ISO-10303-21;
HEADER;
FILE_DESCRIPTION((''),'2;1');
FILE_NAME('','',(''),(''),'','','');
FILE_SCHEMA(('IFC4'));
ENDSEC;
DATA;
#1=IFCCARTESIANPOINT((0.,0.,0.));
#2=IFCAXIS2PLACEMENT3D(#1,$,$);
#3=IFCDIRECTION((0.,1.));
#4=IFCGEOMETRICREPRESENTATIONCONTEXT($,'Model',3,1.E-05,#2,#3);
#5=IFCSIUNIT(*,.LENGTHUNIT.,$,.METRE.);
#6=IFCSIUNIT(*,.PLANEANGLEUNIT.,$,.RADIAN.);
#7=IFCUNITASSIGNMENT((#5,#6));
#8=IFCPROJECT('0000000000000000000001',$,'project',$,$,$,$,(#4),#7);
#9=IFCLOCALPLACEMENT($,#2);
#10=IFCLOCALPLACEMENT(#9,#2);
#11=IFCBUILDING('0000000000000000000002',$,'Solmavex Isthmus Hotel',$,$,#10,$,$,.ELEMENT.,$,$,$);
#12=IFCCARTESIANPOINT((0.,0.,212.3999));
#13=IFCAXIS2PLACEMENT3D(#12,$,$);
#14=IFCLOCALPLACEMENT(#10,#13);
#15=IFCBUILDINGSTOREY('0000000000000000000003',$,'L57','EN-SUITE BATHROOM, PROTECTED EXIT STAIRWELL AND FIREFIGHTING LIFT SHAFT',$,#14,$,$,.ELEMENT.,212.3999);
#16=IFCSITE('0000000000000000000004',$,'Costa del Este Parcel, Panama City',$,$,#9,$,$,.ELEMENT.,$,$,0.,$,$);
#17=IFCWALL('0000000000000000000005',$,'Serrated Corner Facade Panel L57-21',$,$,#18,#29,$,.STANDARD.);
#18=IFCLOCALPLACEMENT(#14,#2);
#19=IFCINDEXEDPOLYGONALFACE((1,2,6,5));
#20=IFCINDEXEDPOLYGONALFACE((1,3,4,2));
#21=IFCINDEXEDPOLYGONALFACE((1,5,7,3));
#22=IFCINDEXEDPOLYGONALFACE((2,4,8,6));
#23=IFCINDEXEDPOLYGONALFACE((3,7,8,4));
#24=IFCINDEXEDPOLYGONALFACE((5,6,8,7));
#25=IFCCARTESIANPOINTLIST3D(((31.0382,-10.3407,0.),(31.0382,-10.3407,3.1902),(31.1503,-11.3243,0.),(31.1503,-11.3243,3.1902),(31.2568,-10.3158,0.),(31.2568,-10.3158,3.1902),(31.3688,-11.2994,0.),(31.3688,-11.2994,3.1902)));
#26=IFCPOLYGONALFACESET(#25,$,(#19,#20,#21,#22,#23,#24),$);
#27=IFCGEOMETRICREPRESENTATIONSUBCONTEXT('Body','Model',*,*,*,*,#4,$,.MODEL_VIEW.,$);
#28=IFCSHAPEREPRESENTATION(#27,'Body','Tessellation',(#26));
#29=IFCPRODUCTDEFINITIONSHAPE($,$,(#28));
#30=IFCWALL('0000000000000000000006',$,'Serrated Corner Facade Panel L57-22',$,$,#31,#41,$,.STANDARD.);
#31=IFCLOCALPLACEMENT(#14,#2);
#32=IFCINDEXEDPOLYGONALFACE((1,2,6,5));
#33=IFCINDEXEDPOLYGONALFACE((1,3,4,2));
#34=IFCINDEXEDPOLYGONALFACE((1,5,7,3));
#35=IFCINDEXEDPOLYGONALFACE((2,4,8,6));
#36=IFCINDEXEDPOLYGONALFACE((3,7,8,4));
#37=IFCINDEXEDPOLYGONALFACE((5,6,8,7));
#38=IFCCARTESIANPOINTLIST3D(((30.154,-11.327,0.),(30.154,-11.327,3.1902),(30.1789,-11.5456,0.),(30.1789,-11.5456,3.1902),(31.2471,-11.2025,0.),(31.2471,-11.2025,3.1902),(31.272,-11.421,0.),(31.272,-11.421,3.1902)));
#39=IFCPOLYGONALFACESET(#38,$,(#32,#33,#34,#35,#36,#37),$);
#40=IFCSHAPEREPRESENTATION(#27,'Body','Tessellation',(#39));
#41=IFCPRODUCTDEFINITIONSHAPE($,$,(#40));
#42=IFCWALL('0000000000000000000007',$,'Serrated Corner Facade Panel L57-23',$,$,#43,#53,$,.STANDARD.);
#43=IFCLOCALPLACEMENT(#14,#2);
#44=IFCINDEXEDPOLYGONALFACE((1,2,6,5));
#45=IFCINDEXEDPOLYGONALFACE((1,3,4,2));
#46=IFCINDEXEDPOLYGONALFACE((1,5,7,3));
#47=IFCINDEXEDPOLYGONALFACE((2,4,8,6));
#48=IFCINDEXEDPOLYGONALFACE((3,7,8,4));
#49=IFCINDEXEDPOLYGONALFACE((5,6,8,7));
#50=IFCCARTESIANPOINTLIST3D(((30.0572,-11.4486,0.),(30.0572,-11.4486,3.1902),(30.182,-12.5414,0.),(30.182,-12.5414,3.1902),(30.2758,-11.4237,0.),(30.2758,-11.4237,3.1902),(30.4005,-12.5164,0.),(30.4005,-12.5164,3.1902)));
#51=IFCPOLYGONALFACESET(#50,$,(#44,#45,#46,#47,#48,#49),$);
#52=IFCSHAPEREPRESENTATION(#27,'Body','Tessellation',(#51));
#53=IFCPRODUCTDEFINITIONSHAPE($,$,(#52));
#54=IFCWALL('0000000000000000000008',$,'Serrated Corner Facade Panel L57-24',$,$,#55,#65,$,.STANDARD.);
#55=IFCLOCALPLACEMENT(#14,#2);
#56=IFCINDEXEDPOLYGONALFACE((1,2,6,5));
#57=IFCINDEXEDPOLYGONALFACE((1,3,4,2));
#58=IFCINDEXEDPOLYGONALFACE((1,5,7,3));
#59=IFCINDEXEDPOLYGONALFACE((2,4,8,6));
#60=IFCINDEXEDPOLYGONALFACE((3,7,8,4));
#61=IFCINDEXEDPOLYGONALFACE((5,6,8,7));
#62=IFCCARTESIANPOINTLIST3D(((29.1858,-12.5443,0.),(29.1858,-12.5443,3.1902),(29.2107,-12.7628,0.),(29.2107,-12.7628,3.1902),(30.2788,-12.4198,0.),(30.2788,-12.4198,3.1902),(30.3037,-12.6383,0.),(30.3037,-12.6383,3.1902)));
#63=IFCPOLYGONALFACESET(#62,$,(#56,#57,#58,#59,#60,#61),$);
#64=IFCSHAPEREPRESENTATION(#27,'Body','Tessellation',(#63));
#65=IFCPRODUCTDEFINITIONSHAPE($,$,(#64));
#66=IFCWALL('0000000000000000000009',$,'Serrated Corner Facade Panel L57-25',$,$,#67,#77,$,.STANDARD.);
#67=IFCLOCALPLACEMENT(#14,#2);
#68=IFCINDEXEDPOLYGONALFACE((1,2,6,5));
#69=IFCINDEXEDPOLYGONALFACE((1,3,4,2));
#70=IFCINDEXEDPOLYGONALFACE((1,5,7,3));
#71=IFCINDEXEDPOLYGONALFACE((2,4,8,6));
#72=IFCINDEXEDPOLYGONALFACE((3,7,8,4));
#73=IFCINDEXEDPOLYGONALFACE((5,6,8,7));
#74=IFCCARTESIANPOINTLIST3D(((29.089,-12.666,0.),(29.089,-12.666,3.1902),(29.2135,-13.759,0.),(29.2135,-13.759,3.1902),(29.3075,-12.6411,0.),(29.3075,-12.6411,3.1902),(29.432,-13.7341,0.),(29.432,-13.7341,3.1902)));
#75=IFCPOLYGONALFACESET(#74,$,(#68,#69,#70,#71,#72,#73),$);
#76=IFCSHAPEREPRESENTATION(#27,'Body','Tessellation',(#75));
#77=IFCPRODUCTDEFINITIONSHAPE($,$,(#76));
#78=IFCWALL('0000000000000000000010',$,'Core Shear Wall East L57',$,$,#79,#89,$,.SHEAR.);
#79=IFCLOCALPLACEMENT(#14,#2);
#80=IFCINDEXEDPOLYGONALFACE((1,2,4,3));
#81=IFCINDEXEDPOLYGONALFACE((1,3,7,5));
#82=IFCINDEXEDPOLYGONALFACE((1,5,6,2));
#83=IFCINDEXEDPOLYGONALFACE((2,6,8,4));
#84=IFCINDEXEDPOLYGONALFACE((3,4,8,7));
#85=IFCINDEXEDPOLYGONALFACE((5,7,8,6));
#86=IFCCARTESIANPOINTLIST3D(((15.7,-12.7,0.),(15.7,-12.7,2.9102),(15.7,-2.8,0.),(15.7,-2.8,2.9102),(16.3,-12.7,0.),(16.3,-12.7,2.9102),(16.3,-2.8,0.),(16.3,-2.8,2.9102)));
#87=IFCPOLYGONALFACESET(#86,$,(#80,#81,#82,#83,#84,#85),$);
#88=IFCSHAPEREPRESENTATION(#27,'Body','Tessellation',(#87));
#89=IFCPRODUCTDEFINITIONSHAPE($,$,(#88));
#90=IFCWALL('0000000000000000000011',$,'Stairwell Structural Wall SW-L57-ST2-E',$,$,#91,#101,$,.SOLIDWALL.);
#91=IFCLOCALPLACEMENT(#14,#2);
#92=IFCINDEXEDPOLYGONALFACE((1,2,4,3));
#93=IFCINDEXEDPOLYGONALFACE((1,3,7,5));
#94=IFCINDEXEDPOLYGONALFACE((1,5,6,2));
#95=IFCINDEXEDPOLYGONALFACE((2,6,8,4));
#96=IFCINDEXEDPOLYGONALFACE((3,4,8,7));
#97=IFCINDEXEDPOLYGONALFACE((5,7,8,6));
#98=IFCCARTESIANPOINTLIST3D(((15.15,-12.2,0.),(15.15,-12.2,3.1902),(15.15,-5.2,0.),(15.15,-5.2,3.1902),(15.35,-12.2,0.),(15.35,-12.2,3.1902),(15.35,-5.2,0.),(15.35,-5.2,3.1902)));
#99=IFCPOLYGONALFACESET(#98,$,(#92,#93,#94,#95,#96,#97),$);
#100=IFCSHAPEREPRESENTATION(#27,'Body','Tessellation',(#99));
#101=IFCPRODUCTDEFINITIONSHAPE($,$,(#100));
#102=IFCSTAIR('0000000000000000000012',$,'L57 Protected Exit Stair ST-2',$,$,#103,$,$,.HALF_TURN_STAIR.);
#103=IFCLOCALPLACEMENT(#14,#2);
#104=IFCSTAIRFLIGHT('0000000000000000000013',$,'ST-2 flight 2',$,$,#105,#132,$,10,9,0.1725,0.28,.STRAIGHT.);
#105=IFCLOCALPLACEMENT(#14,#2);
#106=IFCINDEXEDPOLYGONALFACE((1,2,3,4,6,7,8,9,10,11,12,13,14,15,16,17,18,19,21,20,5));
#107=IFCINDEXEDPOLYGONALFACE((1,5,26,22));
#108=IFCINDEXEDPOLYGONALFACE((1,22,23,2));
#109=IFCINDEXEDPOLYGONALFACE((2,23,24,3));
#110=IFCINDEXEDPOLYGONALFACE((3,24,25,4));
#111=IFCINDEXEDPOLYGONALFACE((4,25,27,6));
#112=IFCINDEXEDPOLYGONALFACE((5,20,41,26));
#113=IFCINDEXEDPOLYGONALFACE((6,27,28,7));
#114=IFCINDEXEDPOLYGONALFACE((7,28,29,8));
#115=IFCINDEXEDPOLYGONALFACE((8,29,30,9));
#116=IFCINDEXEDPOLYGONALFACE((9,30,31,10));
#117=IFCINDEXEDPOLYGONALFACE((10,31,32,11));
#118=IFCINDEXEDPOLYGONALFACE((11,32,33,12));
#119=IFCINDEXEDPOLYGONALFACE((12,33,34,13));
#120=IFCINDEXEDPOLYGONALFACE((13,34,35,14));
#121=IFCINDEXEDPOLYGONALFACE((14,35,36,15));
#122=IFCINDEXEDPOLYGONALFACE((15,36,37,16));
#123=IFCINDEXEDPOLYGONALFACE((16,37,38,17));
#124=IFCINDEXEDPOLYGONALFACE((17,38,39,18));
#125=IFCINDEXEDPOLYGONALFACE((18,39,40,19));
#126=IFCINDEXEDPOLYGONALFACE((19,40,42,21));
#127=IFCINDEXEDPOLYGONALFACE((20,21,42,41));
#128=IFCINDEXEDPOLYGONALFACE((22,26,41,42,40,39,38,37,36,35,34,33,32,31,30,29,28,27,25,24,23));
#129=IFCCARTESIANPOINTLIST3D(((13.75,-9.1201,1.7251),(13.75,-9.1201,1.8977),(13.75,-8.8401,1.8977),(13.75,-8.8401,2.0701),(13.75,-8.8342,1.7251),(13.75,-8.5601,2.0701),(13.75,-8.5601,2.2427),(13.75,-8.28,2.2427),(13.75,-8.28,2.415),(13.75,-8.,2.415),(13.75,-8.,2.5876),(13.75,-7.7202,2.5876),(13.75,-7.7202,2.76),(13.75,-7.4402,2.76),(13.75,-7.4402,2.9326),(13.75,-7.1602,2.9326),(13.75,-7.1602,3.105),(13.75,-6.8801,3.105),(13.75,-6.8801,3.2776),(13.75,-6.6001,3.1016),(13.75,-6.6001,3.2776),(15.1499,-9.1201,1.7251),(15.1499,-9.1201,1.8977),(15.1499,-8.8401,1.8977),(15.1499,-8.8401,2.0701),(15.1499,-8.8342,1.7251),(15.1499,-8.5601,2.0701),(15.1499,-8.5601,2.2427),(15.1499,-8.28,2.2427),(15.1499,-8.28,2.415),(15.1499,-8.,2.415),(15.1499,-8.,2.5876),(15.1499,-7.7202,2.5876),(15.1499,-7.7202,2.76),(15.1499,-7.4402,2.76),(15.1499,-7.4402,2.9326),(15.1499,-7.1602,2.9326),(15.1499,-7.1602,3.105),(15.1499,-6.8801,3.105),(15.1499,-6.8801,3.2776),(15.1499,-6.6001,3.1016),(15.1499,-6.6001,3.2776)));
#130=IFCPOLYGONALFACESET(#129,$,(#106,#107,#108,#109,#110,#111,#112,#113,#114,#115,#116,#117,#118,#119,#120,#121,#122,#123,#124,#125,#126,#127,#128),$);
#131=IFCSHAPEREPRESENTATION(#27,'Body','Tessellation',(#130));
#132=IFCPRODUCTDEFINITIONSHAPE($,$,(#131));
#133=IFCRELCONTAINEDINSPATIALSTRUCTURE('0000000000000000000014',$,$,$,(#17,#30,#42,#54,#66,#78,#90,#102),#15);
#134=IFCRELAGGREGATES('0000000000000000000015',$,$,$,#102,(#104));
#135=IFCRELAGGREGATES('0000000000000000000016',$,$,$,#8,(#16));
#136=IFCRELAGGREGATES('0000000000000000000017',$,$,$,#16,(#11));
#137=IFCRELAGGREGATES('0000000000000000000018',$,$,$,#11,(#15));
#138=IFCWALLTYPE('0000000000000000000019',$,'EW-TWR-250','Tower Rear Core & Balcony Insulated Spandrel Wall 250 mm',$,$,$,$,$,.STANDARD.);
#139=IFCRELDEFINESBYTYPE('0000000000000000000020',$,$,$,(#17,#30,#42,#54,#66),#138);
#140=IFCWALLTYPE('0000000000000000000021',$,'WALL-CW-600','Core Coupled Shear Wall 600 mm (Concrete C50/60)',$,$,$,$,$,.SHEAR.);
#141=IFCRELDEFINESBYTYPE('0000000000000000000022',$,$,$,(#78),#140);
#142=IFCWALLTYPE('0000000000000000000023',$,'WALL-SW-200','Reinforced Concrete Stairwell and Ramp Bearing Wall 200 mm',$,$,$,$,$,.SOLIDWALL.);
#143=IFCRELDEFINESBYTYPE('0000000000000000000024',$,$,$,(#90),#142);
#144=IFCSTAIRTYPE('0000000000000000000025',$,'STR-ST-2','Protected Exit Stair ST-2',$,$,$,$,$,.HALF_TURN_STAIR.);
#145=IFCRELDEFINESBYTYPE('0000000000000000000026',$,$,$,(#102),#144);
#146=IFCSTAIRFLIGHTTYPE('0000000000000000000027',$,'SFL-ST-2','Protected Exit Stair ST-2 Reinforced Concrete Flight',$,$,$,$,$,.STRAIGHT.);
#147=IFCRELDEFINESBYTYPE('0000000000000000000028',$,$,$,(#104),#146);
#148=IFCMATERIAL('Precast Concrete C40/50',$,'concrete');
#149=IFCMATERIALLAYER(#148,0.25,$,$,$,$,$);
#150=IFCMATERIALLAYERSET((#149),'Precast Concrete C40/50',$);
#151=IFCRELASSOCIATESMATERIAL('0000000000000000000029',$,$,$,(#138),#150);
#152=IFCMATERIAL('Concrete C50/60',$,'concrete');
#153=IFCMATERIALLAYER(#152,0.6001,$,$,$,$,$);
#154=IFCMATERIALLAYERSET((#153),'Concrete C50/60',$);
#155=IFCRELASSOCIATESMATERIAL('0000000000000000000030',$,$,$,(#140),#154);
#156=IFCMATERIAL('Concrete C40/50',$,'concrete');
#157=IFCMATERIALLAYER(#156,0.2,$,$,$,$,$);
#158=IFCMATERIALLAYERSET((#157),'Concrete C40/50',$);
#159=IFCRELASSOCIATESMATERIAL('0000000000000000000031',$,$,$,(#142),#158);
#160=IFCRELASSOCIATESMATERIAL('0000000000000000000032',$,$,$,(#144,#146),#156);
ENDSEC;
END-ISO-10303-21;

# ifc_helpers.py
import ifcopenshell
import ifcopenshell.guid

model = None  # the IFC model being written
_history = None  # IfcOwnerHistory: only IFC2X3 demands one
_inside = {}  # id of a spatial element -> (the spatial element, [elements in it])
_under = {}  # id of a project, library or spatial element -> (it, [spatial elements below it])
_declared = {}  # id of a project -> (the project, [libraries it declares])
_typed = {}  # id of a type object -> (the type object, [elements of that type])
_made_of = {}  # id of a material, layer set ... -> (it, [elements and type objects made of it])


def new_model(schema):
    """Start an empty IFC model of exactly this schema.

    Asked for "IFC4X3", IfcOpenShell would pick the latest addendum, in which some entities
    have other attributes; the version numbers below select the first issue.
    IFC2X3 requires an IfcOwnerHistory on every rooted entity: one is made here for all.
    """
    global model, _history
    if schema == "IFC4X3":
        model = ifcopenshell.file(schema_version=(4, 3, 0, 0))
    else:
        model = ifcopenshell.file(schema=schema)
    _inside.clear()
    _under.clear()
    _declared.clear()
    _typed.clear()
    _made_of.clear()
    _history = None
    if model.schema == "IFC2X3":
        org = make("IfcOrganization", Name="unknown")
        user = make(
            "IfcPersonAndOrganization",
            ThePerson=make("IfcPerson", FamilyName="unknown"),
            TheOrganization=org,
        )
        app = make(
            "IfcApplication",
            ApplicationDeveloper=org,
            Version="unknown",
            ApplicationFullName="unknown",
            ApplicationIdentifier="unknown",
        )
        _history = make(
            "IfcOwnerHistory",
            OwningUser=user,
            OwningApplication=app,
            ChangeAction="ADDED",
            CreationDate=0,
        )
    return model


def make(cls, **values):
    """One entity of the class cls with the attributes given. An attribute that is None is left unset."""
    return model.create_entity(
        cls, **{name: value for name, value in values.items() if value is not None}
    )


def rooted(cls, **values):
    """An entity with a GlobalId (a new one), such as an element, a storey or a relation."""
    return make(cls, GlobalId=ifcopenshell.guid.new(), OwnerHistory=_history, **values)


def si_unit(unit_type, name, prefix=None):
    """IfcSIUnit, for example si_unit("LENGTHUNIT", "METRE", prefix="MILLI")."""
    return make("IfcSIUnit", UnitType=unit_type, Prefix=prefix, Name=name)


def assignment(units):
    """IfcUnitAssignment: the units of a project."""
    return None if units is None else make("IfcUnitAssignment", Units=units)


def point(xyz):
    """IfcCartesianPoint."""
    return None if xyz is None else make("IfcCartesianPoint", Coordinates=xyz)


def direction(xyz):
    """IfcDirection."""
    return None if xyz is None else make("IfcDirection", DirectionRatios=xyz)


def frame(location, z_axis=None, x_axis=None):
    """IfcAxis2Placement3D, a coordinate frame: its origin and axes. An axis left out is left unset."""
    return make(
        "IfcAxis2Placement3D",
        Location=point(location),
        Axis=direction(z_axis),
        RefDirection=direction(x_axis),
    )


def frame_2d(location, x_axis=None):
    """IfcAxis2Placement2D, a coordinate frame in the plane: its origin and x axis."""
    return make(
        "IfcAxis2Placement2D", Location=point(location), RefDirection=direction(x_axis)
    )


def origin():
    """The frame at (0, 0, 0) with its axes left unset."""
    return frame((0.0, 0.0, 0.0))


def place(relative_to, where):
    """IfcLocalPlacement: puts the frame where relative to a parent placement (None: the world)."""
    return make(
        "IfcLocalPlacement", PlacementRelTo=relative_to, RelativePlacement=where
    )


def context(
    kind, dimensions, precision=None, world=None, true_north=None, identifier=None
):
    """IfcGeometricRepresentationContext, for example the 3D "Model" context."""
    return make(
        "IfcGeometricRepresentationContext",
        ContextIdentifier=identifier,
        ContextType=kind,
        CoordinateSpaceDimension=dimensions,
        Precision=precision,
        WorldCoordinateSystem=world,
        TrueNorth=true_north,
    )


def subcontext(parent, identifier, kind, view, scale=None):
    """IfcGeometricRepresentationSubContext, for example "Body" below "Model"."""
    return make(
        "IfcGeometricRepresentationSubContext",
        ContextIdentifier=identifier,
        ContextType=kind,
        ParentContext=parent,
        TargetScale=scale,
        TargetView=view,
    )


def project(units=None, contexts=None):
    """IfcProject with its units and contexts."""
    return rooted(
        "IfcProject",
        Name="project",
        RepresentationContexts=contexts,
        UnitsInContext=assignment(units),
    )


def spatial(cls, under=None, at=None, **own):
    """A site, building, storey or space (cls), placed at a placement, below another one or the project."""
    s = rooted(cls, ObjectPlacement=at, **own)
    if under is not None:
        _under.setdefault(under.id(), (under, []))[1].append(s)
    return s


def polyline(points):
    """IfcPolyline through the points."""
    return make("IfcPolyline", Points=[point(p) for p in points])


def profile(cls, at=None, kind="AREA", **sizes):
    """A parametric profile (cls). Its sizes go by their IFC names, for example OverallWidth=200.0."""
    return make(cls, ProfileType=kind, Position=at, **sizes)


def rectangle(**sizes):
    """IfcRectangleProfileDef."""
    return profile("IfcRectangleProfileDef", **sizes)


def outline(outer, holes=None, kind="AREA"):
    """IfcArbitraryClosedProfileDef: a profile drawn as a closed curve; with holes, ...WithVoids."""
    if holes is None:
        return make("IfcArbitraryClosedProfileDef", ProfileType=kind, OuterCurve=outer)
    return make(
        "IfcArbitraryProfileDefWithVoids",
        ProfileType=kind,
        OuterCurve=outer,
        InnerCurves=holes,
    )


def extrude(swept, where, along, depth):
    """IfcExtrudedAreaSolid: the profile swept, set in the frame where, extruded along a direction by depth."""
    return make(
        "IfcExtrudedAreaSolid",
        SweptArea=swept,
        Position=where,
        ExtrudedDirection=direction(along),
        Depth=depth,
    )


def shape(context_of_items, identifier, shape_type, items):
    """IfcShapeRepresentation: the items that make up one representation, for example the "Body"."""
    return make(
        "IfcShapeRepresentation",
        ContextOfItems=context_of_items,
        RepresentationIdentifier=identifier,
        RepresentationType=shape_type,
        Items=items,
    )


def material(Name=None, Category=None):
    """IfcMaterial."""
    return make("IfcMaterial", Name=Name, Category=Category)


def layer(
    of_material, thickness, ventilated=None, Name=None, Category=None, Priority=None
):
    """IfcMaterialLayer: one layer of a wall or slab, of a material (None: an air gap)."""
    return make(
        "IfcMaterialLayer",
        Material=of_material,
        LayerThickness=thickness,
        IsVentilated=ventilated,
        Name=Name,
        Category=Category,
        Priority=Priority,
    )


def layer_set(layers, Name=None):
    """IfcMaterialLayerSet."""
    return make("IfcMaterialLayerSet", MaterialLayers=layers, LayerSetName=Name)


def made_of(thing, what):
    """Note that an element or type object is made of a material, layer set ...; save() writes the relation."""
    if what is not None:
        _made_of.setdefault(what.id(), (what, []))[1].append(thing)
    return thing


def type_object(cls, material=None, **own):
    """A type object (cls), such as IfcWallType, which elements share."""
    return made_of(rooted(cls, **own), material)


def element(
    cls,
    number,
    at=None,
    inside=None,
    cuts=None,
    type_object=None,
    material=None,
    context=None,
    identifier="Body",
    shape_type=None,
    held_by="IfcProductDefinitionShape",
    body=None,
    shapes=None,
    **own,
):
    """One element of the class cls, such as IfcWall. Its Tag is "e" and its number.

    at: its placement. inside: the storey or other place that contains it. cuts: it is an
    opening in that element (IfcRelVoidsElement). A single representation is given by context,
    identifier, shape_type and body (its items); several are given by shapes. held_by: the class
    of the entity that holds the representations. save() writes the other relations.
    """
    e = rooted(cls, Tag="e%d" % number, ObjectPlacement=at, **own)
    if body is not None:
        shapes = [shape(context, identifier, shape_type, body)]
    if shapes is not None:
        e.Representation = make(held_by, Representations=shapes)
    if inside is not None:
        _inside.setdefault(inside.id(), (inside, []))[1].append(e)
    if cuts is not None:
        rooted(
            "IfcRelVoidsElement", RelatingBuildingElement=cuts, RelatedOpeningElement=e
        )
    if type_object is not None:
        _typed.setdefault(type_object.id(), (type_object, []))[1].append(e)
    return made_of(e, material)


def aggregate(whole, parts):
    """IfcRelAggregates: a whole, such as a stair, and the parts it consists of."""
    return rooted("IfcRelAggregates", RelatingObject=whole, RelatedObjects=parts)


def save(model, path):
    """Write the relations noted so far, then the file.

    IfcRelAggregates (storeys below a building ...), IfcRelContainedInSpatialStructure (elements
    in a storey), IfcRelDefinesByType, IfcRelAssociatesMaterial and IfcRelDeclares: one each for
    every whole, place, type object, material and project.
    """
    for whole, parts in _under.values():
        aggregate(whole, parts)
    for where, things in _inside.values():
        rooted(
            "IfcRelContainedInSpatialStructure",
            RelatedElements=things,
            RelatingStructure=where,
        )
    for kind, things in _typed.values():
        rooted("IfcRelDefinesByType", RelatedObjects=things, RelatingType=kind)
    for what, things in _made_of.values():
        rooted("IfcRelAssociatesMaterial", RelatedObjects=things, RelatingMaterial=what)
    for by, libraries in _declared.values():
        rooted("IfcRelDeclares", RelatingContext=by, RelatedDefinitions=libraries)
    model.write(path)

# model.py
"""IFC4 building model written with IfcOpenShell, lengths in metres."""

from ifc_helpers import new_model, si_unit, direction, frame, frame_2d, origin, place, context, subcontext, project, spatial, polyline, rectangle, outline, extrude, material, layer, layer_set, type_object, element, aggregate, save


model = new_model("IFC4")

# Units and contexts
model_context = context("Model", 3, precision=1e-05, world=origin(), true_north=direction((0.0, 1.0)))
body_context = subcontext(model_context, "Body", "Model", "MODEL_VIEW")
ifc_project = project(units=[si_unit("LENGTHUNIT", "METRE"), si_unit("PLANEANGLEUNIT", "RADIAN")], contexts=[model_context])

# Site, building, storey
site_placement = place(None, origin())
site = spatial("IfcSite", under=ifc_project, at=site_placement, Name="Costa del Este Parcel, Panama City", CompositionType="ELEMENT", RefElevation=0.0)
building_placement = place(site_placement, origin())
building = spatial("IfcBuilding", under=site, at=building_placement, Name="Solmavex Isthmus Hotel", CompositionType="ELEMENT")
storey_placement = place(building_placement, frame((0.0, 0.0, 212.3999)))
storey = spatial("IfcBuildingStorey", under=building, at=storey_placement, Name="L57", Description="EN-SUITE BATHROOM, PROTECTED EXIT STAIRWELL AND FIREFIGHTING LIFT SHAFT", CompositionType="ELEMENT", Elevation=212.3999)

# Shared definitions
ifc_material_1 = material(Name="Concrete C50/60", Category="concrete")

# Walls
ifc_material_2 = material(Name="Precast Concrete C40/50", Category="concrete")
ifc_layer_1 = layer(ifc_material_2, 0.25)
ifc_layer_set_1 = layer_set([ifc_layer_1], Name="Precast Concrete C40/50")
wall_type_1 = type_object("IfcWallType", Name="EW-TWR-250", Description="Tower Rear Core & Balcony Insulated Spandrel Wall 250 mm", PredefinedType="STANDARD", material=ifc_layer_set_1)
wall_1_placement = place(storey_placement, frame((31.1475, -10.3281, 0.0), z_axis=(0.0, 0.0, 1.0), x_axis=(0.113192, -0.993573, 0.0)))
element("IfcWall", 1, at=wall_1_placement, inside=storey, type_object=wall_type_1, Name="Serrated Corner Facade Panel L57-21", PredefinedType="STANDARD", context=body_context, shape_type="SweptSolid", body=[
    extrude(rectangle(XDim=0.99, YDim=0.22, at=frame_2d((0.4951, 0.0))), origin(), (0.0, 0.0, 1.0), 3.1902),
])
wall_2_placement = place(storey_placement, frame((31.2595, -11.3118, 0.0), z_axis=(0.0, 0.0, 1.0), x_axis=(-0.993574, -0.113184, 0.0)))
element("IfcWall", 2, at=wall_2_placement, inside=storey, type_object=wall_type_1, Name="Serrated Corner Facade Panel L57-22", PredefinedType="STANDARD", context=body_context, shape_type="SweptSolid", body=[
    extrude(rectangle(XDim=1.1001, YDim=0.22, at=frame_2d((0.55, 0.0))), origin(), (0.0, 0.0, 1.0), 3.1902),
])
wall_3_placement = place(storey_placement, frame((30.1665, -11.4363, 0.0), z_axis=(0.0, 0.0, 1.0), x_axis=(0.113428, -0.993546, 0.0)))
element("IfcWall", 3, at=wall_3_placement, inside=storey, type_object=wall_type_1, Name="Serrated Corner Facade Panel L57-23", PredefinedType="STANDARD", context=body_context, shape_type="SweptSolid", body=[
    extrude(rectangle(XDim=1.0999, YDim=0.22, at=frame_2d((0.5498, 0.0))), origin(), (0.0, 0.0, 1.0), 3.1902),
])
for number, where, z_axis, x_axis, name in (
    (4, (30.2913, -12.5291, 0.0), (0.0, 0.0, 1.0), (-0.993574, -0.113184, 0.0), "Serrated Corner Facade Panel L57-24"),
    (5, (29.1982, -12.6536, 0.0), (0.0, 0.0, 1.0), (0.113184, -0.993574, 0.0), "Serrated Corner Facade Panel L57-25"),
):
    element("IfcWall", number, at=place(storey_placement, frame(where, z_axis=z_axis, x_axis=x_axis)), inside=storey, type_object=wall_type_1, Name=name, PredefinedType="STANDARD", context=body_context, shape_type="SweptSolid", body=[
        extrude(rectangle(XDim=1.1001, YDim=0.22, at=frame_2d((0.55, 0.0))), origin(), (0.0, 0.0, 1.0), 3.1902),
    ])
ifc_layer_2 = layer(ifc_material_1, 0.6001)
ifc_layer_set_2 = layer_set([ifc_layer_2], Name="Concrete C50/60")
wall_type_2 = type_object("IfcWallType", Name="WALL-CW-600", Description="Core Coupled Shear Wall 600 mm (Concrete C50/60)", PredefinedType="SHEAR", material=ifc_layer_set_2)
wall_4_placement = place(storey_placement, frame((16.0, -12.7, 0.0), z_axis=(0.0, 0.0, 1.0), x_axis=(0.0, 1.0, 0.0)))
element("IfcWall", 6, at=wall_4_placement, inside=storey, type_object=wall_type_2, Name="Core Shear Wall East L57", PredefinedType="SHEAR", context=body_context, shape_type="SweptSolid", body=[
    extrude(rectangle(XDim=9.8999, YDim=0.6001, at=frame_2d((4.95, 0.0))), origin(), (0.0, 0.0, 1.0), 2.9102),
])
ifc_material_3 = material(Name="Concrete C40/50", Category="concrete")
ifc_layer_3 = layer(ifc_material_3, 0.2)
ifc_layer_set_3 = layer_set([ifc_layer_3], Name="Concrete C40/50")
wall_type_3 = type_object("IfcWallType", Name="WALL-SW-200", Description="Reinforced Concrete Stairwell and Ramp Bearing Wall 200 mm", PredefinedType="SOLIDWALL", material=ifc_layer_set_3)
wall_5_placement = place(storey_placement, frame((15.25, -12.2, 0.0), z_axis=(0.0, 0.0, 1.0), x_axis=(0.0, 1.0, 0.0)))
element("IfcWall", 7, at=wall_5_placement, inside=storey, type_object=wall_type_3, Name="Stairwell Structural Wall SW-L57-ST2-E", PredefinedType="SOLIDWALL", context=body_context, shape_type="SweptSolid", body=[
    extrude(rectangle(XDim=7.0, YDim=0.2, at=frame_2d((3.5, 0.0))), origin(), (0.0, 0.0, 1.0), 3.1902),
])

# Stair, stair flight
stair_type = type_object("IfcStairType", Name="STR-ST-2", Description="Protected Exit Stair ST-2", PredefinedType="HALF_TURN_STAIR", material=ifc_material_3)
stair_placement = place(storey_placement, origin())
stair = element("IfcStair", 8, at=stair_placement, inside=storey, type_object=stair_type, Name="L57 Protected Exit Stair ST-2", PredefinedType="HALF_TURN_STAIR")
stair_flight_type = type_object("IfcStairFlightType", Name="SFL-ST-2", Description="Protected Exit Stair ST-2 Reinforced Concrete Flight", PredefinedType="STRAIGHT", material=ifc_material_3)
stair_flight_placement = place(storey_placement, frame((14.45, -9.1201, 1.7251), z_axis=(0.0, 0.0, 1.0), x_axis=(0.0, 1.0, 0.0)))
stair_flight = element("IfcStairFlight", 9, at=stair_flight_placement, type_object=stair_flight_type, Name="ST-2 flight 2", NumberOfRisers=10, NumberOfTreads=9, PredefinedType="STRAIGHT", RiserHeight=0.1725, TreadLength=0.28, context=body_context, shape_type="SweptSolid", body=[
    extrude(outline(polyline([(0.0, 0.0), (0.0, 0.1726), (0.28, 0.1726), (0.28, 0.345), (0.5601, 0.345), (0.5601, 0.5176), (0.8401, 0.5176), (0.8401, 0.6899), (1.1201, 0.6899), (1.1201, 0.8625), (1.3999, 0.8625), (1.3999, 1.0349), (1.6799, 1.0349), (1.6799, 1.2075), (1.96, 1.2075), (1.96, 1.3799), (2.24, 1.3799), (2.24, 1.5525), (2.52, 1.5525), (2.52, 1.7251), (2.52, 1.3765), (0.2859, 0.0), (0.0, 0.0)])), frame((0.0, 0.7, 0.0), z_axis=(0.0, -1.0, 0.0), x_axis=(1.0, 0.0, 0.0)), (0.0, 0.0, 1.0), 1.3999),
])
aggregate(stair, [stair_flight])

save(model, "model.ifc")
